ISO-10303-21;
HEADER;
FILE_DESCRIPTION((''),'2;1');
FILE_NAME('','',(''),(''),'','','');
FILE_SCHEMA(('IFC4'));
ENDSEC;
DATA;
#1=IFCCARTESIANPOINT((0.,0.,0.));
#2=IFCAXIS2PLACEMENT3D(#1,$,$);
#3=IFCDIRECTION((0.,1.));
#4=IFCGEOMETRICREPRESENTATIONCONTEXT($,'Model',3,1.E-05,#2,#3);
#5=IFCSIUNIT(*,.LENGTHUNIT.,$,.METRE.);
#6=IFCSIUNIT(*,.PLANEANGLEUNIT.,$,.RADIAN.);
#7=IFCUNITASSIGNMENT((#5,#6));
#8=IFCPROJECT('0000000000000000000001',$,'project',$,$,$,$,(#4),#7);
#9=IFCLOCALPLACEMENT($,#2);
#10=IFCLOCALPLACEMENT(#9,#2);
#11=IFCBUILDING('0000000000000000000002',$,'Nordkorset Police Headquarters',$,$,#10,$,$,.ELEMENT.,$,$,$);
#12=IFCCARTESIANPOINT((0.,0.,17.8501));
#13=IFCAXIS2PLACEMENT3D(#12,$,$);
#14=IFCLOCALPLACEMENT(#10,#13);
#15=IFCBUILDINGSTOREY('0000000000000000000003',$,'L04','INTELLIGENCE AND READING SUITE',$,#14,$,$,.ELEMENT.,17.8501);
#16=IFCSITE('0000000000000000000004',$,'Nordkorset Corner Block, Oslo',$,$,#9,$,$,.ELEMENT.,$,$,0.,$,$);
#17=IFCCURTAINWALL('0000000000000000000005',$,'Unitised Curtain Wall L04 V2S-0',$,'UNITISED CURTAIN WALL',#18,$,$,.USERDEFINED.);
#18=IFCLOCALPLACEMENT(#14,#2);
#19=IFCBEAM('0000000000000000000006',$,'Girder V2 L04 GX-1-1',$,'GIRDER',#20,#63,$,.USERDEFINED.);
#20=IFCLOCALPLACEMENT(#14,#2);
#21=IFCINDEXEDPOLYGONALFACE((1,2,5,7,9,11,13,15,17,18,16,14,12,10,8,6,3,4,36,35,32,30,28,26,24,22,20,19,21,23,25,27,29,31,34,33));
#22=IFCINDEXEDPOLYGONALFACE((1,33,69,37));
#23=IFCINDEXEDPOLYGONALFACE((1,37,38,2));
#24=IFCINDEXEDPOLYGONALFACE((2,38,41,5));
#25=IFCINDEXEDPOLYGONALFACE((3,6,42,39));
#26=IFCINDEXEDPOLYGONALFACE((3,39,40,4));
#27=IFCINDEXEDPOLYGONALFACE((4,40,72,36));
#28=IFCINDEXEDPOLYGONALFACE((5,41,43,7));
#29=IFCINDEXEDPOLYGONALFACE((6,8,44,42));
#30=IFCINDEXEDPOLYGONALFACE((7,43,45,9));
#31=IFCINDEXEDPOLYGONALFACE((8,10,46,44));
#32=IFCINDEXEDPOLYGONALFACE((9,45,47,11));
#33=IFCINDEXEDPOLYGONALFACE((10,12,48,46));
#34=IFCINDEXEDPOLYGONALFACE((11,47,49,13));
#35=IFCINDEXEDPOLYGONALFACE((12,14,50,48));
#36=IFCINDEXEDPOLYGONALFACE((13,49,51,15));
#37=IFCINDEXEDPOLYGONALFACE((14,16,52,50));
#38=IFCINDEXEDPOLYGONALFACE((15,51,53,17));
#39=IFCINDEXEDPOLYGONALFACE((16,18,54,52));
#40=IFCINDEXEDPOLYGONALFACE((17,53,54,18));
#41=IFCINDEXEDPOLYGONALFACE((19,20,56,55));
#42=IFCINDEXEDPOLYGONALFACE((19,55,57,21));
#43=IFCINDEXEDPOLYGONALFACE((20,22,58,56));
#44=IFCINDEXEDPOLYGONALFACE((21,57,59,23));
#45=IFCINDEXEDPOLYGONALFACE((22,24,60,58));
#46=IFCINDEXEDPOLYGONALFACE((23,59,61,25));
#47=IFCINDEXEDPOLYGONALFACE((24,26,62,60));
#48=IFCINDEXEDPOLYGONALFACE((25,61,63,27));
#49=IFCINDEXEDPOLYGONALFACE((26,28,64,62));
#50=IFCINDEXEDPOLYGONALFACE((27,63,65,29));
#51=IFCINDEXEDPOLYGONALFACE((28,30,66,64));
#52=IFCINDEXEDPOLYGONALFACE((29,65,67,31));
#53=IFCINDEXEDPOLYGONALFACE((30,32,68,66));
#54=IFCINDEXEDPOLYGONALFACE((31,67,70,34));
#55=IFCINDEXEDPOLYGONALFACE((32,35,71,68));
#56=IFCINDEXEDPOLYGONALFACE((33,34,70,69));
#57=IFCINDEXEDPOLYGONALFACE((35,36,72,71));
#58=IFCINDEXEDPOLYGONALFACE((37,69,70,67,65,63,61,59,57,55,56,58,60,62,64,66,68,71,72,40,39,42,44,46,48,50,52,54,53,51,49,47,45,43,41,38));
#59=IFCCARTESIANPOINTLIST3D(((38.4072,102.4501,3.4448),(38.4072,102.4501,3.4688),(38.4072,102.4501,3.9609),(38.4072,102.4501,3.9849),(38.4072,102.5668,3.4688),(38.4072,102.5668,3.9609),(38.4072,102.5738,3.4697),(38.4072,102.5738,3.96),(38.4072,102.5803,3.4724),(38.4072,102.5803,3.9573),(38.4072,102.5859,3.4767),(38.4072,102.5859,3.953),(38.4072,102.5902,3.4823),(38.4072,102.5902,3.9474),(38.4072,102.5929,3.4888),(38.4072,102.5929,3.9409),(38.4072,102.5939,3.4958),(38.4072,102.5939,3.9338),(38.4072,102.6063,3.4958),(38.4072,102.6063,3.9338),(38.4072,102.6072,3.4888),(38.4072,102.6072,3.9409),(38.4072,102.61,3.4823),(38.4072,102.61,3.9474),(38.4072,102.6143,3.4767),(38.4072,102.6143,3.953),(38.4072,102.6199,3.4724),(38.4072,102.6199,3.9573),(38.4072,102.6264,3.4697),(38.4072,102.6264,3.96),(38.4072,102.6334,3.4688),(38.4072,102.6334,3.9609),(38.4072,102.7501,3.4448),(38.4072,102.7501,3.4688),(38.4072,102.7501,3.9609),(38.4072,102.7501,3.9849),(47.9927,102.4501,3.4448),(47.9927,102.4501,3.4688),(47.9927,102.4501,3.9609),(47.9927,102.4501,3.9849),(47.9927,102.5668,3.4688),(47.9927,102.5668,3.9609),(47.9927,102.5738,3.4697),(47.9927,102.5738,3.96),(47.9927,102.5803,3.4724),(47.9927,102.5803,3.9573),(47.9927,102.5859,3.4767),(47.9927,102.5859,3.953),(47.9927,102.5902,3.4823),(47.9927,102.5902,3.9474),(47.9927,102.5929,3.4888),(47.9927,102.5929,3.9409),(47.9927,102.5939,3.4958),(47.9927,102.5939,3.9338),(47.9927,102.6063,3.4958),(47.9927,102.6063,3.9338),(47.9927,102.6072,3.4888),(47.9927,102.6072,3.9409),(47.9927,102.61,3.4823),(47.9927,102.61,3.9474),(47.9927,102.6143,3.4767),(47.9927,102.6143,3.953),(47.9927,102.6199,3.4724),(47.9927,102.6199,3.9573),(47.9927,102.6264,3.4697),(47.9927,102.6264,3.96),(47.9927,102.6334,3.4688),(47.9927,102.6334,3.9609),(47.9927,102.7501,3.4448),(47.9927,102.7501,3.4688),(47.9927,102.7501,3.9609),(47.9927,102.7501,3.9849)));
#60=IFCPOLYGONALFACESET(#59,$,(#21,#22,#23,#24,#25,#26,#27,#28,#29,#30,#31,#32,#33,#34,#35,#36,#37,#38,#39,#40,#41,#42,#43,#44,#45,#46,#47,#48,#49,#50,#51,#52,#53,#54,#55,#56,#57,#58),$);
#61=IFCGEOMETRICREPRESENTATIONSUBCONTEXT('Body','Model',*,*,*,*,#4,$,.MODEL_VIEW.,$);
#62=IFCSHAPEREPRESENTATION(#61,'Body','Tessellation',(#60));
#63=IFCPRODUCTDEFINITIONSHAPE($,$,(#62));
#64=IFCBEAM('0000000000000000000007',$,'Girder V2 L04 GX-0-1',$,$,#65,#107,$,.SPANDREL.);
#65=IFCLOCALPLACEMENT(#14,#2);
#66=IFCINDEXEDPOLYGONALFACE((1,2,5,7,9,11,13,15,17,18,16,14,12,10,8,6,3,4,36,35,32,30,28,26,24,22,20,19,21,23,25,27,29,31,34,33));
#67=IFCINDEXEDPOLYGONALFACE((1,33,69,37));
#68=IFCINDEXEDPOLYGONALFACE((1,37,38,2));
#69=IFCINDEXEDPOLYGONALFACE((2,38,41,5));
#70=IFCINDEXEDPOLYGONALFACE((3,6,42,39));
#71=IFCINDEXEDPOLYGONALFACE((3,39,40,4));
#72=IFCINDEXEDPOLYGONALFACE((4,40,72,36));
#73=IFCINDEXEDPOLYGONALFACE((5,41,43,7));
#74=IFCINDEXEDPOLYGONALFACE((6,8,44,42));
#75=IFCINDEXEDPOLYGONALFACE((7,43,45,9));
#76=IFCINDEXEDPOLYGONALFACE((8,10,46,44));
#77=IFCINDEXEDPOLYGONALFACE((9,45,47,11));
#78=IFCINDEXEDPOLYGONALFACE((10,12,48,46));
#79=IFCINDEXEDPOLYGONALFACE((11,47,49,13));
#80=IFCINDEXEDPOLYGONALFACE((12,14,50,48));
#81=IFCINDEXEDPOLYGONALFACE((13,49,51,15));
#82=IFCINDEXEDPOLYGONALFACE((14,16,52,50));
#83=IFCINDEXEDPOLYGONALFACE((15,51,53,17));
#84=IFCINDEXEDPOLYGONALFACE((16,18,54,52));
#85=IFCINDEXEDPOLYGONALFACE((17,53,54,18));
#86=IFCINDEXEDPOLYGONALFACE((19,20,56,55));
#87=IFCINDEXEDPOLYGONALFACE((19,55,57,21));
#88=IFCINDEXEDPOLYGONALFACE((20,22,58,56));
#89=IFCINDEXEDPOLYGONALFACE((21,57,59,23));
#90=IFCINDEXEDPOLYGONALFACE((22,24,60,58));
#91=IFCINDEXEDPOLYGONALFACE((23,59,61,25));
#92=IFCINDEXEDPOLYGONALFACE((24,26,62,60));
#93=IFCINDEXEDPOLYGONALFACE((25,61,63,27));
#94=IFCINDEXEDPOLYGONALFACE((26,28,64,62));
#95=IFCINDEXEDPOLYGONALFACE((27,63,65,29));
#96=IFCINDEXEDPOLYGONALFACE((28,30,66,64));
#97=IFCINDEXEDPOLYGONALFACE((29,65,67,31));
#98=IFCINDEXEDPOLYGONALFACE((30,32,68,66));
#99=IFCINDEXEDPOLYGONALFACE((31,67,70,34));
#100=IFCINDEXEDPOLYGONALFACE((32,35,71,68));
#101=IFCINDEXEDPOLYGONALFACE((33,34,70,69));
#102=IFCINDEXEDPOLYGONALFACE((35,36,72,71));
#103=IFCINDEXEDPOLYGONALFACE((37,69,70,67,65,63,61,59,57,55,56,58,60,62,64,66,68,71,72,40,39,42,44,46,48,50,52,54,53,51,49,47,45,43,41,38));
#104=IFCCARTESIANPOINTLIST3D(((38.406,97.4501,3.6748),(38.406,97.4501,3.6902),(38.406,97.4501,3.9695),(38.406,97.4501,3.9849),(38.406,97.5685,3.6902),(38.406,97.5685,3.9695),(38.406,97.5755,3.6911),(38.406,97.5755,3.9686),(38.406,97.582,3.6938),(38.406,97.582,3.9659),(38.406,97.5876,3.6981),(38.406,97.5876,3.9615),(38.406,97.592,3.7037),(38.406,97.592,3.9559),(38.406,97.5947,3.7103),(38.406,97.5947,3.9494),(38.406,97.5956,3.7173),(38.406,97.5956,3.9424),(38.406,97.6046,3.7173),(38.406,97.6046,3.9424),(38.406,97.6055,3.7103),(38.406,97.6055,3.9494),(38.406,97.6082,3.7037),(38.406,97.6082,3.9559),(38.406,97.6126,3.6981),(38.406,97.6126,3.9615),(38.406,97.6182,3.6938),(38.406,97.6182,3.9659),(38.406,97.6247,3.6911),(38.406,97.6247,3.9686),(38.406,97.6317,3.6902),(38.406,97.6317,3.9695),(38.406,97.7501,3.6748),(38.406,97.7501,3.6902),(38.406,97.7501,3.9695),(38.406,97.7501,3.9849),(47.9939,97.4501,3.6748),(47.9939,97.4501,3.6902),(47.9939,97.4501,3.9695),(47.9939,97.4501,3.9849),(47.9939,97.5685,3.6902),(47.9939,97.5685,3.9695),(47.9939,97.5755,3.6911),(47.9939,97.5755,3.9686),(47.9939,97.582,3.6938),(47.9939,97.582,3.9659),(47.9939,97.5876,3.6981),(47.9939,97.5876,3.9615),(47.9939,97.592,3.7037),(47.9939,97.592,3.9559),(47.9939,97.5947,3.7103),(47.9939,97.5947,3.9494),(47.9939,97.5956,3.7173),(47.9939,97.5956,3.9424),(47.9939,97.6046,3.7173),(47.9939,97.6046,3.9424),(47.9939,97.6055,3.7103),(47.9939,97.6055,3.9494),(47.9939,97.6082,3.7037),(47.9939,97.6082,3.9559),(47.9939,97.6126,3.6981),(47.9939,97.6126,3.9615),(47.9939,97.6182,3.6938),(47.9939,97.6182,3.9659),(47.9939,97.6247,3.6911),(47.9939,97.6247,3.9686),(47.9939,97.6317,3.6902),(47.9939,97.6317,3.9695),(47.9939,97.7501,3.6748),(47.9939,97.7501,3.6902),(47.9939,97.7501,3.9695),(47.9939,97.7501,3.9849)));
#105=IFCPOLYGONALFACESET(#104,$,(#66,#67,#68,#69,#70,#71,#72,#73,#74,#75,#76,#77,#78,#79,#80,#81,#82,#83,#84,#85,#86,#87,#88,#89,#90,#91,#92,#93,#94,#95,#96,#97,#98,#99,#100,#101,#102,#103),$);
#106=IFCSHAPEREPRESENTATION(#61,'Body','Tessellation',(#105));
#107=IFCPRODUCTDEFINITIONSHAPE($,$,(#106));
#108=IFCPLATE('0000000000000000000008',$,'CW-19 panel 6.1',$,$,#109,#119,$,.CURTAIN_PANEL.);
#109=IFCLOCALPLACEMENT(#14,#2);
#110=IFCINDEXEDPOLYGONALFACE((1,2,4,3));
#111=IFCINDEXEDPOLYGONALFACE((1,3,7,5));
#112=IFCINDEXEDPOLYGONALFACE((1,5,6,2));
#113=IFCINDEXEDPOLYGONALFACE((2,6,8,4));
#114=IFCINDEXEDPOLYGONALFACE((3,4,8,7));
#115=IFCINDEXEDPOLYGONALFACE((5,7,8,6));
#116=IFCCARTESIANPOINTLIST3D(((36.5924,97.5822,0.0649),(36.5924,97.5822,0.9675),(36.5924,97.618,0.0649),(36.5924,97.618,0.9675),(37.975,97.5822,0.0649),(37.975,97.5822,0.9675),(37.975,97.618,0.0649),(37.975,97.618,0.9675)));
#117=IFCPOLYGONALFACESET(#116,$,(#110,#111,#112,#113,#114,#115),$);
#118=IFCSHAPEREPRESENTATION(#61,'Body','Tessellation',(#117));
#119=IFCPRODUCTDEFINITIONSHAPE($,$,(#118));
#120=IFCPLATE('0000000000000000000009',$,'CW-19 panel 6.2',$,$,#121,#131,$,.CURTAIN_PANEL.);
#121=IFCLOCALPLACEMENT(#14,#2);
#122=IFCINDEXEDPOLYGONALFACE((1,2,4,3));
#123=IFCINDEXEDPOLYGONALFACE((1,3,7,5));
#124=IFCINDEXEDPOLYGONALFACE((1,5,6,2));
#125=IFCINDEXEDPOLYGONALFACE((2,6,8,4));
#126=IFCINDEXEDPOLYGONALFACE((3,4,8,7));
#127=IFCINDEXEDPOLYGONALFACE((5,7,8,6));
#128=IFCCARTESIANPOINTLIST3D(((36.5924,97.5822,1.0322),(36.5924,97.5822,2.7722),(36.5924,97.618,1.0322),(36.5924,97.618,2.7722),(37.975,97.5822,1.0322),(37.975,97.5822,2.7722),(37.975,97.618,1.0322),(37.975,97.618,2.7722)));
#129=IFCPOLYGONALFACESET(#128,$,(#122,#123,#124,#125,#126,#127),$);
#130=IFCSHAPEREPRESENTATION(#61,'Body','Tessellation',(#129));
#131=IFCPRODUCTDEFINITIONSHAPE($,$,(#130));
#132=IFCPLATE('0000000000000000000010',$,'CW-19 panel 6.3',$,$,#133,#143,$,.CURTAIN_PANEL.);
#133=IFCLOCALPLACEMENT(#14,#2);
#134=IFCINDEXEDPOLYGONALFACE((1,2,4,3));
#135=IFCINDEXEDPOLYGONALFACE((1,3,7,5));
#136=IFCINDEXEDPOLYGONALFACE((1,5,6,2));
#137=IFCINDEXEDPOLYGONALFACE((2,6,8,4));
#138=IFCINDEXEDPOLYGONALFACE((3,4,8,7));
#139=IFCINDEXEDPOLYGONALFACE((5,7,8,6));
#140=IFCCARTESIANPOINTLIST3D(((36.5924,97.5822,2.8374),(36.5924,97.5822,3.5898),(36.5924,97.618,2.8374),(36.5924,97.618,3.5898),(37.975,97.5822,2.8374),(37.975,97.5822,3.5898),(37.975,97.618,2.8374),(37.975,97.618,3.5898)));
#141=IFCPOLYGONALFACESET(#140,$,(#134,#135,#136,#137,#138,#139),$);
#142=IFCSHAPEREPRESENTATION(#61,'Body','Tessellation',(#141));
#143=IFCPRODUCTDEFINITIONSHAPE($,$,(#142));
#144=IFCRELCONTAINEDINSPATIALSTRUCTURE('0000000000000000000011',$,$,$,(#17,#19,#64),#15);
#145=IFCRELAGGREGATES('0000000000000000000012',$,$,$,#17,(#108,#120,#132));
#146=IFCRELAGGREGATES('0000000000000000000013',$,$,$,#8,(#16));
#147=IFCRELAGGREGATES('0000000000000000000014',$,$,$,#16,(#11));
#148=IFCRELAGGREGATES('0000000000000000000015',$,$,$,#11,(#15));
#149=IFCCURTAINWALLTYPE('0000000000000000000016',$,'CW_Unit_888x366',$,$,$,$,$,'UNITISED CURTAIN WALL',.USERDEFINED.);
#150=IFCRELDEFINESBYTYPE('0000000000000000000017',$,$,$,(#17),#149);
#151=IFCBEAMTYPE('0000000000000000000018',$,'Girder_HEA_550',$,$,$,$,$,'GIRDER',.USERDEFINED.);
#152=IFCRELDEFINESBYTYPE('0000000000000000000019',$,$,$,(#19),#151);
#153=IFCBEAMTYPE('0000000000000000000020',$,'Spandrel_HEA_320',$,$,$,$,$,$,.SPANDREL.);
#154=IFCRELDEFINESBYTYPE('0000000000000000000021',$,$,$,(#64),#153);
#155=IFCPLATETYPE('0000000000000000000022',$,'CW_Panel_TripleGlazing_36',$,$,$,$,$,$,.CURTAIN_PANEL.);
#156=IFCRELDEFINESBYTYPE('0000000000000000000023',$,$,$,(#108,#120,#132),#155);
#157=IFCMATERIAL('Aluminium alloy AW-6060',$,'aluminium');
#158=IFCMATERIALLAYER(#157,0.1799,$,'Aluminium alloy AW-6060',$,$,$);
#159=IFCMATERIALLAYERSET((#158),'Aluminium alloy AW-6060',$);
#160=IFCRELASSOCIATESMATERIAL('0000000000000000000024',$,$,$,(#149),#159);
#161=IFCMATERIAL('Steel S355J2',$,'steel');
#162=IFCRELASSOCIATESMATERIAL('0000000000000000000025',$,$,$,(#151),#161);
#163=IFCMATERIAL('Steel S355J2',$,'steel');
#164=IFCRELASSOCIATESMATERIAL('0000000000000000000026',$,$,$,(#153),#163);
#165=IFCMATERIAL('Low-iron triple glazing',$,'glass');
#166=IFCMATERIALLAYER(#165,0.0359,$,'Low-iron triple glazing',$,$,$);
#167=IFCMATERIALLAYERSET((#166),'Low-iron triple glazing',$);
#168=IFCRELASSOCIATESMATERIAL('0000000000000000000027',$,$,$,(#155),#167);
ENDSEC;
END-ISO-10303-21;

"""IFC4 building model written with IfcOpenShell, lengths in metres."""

from ifc_helpers import new_model, si_unit, direction, frame, origin, origin_2d, place, context, subcontext, project, spatial, rectangle, i_section, extrude, material, layer, layer_set, material_profile, profile_set, type_object, element, aggregate, save


model = new_model("IFC4")

# Units and contexts
model_context = context("Model", 3, precision=1e-05, world=origin(), true_north=direction((0.0, 1.0)))
body_context = subcontext(model_context, "Body", "Model", "MODEL_VIEW")
ifc_project = project(units=[si_unit("LENGTHUNIT", "METRE"), si_unit("PLANEANGLEUNIT", "RADIAN")], contexts=[model_context])

# Site, building, storey
site_placement = place(None, origin())
site = spatial("IfcSite", under=ifc_project, at=site_placement, Name="Nordkorset Corner Block, Oslo", CompositionType="ELEMENT", RefElevation=0.0)
building_placement = place(site_placement, origin())
building = spatial("IfcBuilding", under=site, at=building_placement, Name="Nordkorset Police Headquarters", CompositionType="ELEMENT")
storey_placement = place(building_placement, frame((0.0, 0.0, 17.8501)))
storey = spatial("IfcBuildingStorey", under=building, at=storey_placement, Name="L04", Description="INTELLIGENCE AND READING SUITE", CompositionType="ELEMENT", Elevation=17.8501)

# Curtain wall
ifc_material_1 = material(Name="Aluminium alloy AW-6060", Category="aluminium")
ifc_layer_1 = layer(ifc_material_1, 0.1799, Name="Aluminium alloy AW-6060")
ifc_layer_set_1 = layer_set([ifc_layer_1], Name="Aluminium alloy AW-6060")
curtain_wall_type = type_object("IfcCurtainWallType", Name="CW_Unit_888x366", ElementType="UNITISED CURTAIN WALL", PredefinedType="USERDEFINED", material=ifc_layer_set_1)
curtain_wall_placement = place(storey_placement, origin())
curtain_wall = element("IfcCurtainWall", 1, at=curtain_wall_placement, inside=storey, type_object=curtain_wall_type, Name="Unitised Curtain Wall L04 V2S-0", ObjectType="UNITISED CURTAIN WALL", PredefinedType="USERDEFINED")

# Beams
ifc_material_2 = material(Name="Steel S355J2", Category="steel")
ifc_material_profile_1 = material_profile(ifc_material_2, i_section(OverallWidth=0.3, OverallDepth=0.54, WebThickness=0.0125, FlangeThickness=0.0239, FilletRadius=0.0271, at=origin_2d()), Name="HEA 550")
ifc_profile_set_1 = profile_set([ifc_material_profile_1], Name="Steel S355J2")
beam_type_1 = type_object("IfcBeamType", Name="Girder_HEA_550", ElementType="GIRDER", PredefinedType="USERDEFINED", material=ifc_profile_set_1)
beam_1_placement = place(storey_placement, frame((38.4072, 102.6001, 3.7148), z_axis=(1.0, 0.0, 0.0), x_axis=(0.0, 1.0, 0.0)))
element("IfcBeam", 2, at=beam_1_placement, inside=storey, type_object=beam_type_1, Name="Girder V2 L04 GX-1-1", ObjectType="GIRDER", PredefinedType="USERDEFINED", context=body_context, shape_type="SweptSolid", body=[
    extrude(i_section(OverallWidth=0.3, OverallDepth=0.54, WebThickness=0.0125, FlangeThickness=0.0239, FilletRadius=0.0271, at=origin_2d()), origin(), (0.0, 0.0, 1.0), 9.5854),
])
ifc_material_3 = material(Name="Steel S355J2", Category="steel")
ifc_material_profile_2 = material_profile(ifc_material_3, i_section(OverallWidth=0.3, OverallDepth=0.3101, WebThickness=0.009, FlangeThickness=0.0154, FilletRadius=0.0271, at=origin_2d()), Name="HEA 320")
ifc_profile_set_2 = profile_set([ifc_material_profile_2], Name="Steel S355J2")
beam_type_2 = type_object("IfcBeamType", Name="Spandrel_HEA_320", PredefinedType="SPANDREL", material=ifc_profile_set_2)
beam_2_placement = place(storey_placement, frame((38.406, 97.6001, 3.8298), z_axis=(1.0, 0.0, 0.0), x_axis=(0.0, 1.0, 0.0)))
element("IfcBeam", 3, at=beam_2_placement, inside=storey, type_object=beam_type_2, Name="Girder V2 L04 GX-0-1", PredefinedType="SPANDREL", context=body_context, shape_type="SweptSolid", body=[
    extrude(i_section(OverallWidth=0.3, OverallDepth=0.3101, WebThickness=0.009, FlangeThickness=0.0154, FilletRadius=0.0271, at=origin_2d()), origin(), (0.0, 0.0, 1.0), 9.5879),
])

# Plates
ifc_material_4 = material(Name="Low-iron triple glazing", Category="glass")
ifc_layer_2 = layer(ifc_material_4, 0.0359, Name="Low-iron triple glazing")
ifc_layer_set_2 = layer_set([ifc_layer_2], Name="Low-iron triple glazing")
plate_type = type_object("IfcPlateType", Name="CW_Panel_TripleGlazing_36", PredefinedType="CURTAIN_PANEL", material=ifc_layer_set_2)
plate_1_placement = place(storey_placement, frame((37.2837, 97.6001, 0.0649), z_axis=(0.0, 0.0, 1.0), x_axis=(1.0, 0.0, 0.0)))
plate_1 = element("IfcPlate", 4, at=plate_1_placement, type_object=plate_type, Name="CW-19 panel 6.1", PredefinedType="CURTAIN_PANEL", context=body_context, shape_type="SweptSolid", body=[
    extrude(rectangle(XDim=1.3826, YDim=0.0359, at=origin_2d()), origin(), (0.0, 0.0, 1.0), 0.9026),
])
plate_2_placement = place(storey_placement, frame((37.2837, 97.6001, 1.0322), z_axis=(0.0, 0.0, 1.0), x_axis=(1.0, 0.0, 0.0)))
plate_2 = element("IfcPlate", 5, at=plate_2_placement, type_object=plate_type, Name="CW-19 panel 6.2", PredefinedType="CURTAIN_PANEL", context=body_context, shape_type="SweptSolid", body=[
    extrude(rectangle(XDim=1.3826, YDim=0.0359, at=origin_2d()), origin(), (0.0, 0.0, 1.0), 1.74),
])
plate_3_placement = place(storey_placement, frame((37.2837, 97.6001, 2.8374), z_axis=(0.0, 0.0, 1.0), x_axis=(1.0, 0.0, 0.0)))
plate_3 = element("IfcPlate", 6, at=plate_3_placement, type_object=plate_type, Name="CW-19 panel 6.3", PredefinedType="CURTAIN_PANEL", context=body_context, shape_type="SweptSolid", body=[
    extrude(rectangle(XDim=1.3826, YDim=0.0359, at=origin_2d()), origin(), (0.0, 0.0, 1.0), 0.7524),
])
aggregate(curtain_wall, [plate_1, plate_2, plate_3])

save(model, "model.ifc")
